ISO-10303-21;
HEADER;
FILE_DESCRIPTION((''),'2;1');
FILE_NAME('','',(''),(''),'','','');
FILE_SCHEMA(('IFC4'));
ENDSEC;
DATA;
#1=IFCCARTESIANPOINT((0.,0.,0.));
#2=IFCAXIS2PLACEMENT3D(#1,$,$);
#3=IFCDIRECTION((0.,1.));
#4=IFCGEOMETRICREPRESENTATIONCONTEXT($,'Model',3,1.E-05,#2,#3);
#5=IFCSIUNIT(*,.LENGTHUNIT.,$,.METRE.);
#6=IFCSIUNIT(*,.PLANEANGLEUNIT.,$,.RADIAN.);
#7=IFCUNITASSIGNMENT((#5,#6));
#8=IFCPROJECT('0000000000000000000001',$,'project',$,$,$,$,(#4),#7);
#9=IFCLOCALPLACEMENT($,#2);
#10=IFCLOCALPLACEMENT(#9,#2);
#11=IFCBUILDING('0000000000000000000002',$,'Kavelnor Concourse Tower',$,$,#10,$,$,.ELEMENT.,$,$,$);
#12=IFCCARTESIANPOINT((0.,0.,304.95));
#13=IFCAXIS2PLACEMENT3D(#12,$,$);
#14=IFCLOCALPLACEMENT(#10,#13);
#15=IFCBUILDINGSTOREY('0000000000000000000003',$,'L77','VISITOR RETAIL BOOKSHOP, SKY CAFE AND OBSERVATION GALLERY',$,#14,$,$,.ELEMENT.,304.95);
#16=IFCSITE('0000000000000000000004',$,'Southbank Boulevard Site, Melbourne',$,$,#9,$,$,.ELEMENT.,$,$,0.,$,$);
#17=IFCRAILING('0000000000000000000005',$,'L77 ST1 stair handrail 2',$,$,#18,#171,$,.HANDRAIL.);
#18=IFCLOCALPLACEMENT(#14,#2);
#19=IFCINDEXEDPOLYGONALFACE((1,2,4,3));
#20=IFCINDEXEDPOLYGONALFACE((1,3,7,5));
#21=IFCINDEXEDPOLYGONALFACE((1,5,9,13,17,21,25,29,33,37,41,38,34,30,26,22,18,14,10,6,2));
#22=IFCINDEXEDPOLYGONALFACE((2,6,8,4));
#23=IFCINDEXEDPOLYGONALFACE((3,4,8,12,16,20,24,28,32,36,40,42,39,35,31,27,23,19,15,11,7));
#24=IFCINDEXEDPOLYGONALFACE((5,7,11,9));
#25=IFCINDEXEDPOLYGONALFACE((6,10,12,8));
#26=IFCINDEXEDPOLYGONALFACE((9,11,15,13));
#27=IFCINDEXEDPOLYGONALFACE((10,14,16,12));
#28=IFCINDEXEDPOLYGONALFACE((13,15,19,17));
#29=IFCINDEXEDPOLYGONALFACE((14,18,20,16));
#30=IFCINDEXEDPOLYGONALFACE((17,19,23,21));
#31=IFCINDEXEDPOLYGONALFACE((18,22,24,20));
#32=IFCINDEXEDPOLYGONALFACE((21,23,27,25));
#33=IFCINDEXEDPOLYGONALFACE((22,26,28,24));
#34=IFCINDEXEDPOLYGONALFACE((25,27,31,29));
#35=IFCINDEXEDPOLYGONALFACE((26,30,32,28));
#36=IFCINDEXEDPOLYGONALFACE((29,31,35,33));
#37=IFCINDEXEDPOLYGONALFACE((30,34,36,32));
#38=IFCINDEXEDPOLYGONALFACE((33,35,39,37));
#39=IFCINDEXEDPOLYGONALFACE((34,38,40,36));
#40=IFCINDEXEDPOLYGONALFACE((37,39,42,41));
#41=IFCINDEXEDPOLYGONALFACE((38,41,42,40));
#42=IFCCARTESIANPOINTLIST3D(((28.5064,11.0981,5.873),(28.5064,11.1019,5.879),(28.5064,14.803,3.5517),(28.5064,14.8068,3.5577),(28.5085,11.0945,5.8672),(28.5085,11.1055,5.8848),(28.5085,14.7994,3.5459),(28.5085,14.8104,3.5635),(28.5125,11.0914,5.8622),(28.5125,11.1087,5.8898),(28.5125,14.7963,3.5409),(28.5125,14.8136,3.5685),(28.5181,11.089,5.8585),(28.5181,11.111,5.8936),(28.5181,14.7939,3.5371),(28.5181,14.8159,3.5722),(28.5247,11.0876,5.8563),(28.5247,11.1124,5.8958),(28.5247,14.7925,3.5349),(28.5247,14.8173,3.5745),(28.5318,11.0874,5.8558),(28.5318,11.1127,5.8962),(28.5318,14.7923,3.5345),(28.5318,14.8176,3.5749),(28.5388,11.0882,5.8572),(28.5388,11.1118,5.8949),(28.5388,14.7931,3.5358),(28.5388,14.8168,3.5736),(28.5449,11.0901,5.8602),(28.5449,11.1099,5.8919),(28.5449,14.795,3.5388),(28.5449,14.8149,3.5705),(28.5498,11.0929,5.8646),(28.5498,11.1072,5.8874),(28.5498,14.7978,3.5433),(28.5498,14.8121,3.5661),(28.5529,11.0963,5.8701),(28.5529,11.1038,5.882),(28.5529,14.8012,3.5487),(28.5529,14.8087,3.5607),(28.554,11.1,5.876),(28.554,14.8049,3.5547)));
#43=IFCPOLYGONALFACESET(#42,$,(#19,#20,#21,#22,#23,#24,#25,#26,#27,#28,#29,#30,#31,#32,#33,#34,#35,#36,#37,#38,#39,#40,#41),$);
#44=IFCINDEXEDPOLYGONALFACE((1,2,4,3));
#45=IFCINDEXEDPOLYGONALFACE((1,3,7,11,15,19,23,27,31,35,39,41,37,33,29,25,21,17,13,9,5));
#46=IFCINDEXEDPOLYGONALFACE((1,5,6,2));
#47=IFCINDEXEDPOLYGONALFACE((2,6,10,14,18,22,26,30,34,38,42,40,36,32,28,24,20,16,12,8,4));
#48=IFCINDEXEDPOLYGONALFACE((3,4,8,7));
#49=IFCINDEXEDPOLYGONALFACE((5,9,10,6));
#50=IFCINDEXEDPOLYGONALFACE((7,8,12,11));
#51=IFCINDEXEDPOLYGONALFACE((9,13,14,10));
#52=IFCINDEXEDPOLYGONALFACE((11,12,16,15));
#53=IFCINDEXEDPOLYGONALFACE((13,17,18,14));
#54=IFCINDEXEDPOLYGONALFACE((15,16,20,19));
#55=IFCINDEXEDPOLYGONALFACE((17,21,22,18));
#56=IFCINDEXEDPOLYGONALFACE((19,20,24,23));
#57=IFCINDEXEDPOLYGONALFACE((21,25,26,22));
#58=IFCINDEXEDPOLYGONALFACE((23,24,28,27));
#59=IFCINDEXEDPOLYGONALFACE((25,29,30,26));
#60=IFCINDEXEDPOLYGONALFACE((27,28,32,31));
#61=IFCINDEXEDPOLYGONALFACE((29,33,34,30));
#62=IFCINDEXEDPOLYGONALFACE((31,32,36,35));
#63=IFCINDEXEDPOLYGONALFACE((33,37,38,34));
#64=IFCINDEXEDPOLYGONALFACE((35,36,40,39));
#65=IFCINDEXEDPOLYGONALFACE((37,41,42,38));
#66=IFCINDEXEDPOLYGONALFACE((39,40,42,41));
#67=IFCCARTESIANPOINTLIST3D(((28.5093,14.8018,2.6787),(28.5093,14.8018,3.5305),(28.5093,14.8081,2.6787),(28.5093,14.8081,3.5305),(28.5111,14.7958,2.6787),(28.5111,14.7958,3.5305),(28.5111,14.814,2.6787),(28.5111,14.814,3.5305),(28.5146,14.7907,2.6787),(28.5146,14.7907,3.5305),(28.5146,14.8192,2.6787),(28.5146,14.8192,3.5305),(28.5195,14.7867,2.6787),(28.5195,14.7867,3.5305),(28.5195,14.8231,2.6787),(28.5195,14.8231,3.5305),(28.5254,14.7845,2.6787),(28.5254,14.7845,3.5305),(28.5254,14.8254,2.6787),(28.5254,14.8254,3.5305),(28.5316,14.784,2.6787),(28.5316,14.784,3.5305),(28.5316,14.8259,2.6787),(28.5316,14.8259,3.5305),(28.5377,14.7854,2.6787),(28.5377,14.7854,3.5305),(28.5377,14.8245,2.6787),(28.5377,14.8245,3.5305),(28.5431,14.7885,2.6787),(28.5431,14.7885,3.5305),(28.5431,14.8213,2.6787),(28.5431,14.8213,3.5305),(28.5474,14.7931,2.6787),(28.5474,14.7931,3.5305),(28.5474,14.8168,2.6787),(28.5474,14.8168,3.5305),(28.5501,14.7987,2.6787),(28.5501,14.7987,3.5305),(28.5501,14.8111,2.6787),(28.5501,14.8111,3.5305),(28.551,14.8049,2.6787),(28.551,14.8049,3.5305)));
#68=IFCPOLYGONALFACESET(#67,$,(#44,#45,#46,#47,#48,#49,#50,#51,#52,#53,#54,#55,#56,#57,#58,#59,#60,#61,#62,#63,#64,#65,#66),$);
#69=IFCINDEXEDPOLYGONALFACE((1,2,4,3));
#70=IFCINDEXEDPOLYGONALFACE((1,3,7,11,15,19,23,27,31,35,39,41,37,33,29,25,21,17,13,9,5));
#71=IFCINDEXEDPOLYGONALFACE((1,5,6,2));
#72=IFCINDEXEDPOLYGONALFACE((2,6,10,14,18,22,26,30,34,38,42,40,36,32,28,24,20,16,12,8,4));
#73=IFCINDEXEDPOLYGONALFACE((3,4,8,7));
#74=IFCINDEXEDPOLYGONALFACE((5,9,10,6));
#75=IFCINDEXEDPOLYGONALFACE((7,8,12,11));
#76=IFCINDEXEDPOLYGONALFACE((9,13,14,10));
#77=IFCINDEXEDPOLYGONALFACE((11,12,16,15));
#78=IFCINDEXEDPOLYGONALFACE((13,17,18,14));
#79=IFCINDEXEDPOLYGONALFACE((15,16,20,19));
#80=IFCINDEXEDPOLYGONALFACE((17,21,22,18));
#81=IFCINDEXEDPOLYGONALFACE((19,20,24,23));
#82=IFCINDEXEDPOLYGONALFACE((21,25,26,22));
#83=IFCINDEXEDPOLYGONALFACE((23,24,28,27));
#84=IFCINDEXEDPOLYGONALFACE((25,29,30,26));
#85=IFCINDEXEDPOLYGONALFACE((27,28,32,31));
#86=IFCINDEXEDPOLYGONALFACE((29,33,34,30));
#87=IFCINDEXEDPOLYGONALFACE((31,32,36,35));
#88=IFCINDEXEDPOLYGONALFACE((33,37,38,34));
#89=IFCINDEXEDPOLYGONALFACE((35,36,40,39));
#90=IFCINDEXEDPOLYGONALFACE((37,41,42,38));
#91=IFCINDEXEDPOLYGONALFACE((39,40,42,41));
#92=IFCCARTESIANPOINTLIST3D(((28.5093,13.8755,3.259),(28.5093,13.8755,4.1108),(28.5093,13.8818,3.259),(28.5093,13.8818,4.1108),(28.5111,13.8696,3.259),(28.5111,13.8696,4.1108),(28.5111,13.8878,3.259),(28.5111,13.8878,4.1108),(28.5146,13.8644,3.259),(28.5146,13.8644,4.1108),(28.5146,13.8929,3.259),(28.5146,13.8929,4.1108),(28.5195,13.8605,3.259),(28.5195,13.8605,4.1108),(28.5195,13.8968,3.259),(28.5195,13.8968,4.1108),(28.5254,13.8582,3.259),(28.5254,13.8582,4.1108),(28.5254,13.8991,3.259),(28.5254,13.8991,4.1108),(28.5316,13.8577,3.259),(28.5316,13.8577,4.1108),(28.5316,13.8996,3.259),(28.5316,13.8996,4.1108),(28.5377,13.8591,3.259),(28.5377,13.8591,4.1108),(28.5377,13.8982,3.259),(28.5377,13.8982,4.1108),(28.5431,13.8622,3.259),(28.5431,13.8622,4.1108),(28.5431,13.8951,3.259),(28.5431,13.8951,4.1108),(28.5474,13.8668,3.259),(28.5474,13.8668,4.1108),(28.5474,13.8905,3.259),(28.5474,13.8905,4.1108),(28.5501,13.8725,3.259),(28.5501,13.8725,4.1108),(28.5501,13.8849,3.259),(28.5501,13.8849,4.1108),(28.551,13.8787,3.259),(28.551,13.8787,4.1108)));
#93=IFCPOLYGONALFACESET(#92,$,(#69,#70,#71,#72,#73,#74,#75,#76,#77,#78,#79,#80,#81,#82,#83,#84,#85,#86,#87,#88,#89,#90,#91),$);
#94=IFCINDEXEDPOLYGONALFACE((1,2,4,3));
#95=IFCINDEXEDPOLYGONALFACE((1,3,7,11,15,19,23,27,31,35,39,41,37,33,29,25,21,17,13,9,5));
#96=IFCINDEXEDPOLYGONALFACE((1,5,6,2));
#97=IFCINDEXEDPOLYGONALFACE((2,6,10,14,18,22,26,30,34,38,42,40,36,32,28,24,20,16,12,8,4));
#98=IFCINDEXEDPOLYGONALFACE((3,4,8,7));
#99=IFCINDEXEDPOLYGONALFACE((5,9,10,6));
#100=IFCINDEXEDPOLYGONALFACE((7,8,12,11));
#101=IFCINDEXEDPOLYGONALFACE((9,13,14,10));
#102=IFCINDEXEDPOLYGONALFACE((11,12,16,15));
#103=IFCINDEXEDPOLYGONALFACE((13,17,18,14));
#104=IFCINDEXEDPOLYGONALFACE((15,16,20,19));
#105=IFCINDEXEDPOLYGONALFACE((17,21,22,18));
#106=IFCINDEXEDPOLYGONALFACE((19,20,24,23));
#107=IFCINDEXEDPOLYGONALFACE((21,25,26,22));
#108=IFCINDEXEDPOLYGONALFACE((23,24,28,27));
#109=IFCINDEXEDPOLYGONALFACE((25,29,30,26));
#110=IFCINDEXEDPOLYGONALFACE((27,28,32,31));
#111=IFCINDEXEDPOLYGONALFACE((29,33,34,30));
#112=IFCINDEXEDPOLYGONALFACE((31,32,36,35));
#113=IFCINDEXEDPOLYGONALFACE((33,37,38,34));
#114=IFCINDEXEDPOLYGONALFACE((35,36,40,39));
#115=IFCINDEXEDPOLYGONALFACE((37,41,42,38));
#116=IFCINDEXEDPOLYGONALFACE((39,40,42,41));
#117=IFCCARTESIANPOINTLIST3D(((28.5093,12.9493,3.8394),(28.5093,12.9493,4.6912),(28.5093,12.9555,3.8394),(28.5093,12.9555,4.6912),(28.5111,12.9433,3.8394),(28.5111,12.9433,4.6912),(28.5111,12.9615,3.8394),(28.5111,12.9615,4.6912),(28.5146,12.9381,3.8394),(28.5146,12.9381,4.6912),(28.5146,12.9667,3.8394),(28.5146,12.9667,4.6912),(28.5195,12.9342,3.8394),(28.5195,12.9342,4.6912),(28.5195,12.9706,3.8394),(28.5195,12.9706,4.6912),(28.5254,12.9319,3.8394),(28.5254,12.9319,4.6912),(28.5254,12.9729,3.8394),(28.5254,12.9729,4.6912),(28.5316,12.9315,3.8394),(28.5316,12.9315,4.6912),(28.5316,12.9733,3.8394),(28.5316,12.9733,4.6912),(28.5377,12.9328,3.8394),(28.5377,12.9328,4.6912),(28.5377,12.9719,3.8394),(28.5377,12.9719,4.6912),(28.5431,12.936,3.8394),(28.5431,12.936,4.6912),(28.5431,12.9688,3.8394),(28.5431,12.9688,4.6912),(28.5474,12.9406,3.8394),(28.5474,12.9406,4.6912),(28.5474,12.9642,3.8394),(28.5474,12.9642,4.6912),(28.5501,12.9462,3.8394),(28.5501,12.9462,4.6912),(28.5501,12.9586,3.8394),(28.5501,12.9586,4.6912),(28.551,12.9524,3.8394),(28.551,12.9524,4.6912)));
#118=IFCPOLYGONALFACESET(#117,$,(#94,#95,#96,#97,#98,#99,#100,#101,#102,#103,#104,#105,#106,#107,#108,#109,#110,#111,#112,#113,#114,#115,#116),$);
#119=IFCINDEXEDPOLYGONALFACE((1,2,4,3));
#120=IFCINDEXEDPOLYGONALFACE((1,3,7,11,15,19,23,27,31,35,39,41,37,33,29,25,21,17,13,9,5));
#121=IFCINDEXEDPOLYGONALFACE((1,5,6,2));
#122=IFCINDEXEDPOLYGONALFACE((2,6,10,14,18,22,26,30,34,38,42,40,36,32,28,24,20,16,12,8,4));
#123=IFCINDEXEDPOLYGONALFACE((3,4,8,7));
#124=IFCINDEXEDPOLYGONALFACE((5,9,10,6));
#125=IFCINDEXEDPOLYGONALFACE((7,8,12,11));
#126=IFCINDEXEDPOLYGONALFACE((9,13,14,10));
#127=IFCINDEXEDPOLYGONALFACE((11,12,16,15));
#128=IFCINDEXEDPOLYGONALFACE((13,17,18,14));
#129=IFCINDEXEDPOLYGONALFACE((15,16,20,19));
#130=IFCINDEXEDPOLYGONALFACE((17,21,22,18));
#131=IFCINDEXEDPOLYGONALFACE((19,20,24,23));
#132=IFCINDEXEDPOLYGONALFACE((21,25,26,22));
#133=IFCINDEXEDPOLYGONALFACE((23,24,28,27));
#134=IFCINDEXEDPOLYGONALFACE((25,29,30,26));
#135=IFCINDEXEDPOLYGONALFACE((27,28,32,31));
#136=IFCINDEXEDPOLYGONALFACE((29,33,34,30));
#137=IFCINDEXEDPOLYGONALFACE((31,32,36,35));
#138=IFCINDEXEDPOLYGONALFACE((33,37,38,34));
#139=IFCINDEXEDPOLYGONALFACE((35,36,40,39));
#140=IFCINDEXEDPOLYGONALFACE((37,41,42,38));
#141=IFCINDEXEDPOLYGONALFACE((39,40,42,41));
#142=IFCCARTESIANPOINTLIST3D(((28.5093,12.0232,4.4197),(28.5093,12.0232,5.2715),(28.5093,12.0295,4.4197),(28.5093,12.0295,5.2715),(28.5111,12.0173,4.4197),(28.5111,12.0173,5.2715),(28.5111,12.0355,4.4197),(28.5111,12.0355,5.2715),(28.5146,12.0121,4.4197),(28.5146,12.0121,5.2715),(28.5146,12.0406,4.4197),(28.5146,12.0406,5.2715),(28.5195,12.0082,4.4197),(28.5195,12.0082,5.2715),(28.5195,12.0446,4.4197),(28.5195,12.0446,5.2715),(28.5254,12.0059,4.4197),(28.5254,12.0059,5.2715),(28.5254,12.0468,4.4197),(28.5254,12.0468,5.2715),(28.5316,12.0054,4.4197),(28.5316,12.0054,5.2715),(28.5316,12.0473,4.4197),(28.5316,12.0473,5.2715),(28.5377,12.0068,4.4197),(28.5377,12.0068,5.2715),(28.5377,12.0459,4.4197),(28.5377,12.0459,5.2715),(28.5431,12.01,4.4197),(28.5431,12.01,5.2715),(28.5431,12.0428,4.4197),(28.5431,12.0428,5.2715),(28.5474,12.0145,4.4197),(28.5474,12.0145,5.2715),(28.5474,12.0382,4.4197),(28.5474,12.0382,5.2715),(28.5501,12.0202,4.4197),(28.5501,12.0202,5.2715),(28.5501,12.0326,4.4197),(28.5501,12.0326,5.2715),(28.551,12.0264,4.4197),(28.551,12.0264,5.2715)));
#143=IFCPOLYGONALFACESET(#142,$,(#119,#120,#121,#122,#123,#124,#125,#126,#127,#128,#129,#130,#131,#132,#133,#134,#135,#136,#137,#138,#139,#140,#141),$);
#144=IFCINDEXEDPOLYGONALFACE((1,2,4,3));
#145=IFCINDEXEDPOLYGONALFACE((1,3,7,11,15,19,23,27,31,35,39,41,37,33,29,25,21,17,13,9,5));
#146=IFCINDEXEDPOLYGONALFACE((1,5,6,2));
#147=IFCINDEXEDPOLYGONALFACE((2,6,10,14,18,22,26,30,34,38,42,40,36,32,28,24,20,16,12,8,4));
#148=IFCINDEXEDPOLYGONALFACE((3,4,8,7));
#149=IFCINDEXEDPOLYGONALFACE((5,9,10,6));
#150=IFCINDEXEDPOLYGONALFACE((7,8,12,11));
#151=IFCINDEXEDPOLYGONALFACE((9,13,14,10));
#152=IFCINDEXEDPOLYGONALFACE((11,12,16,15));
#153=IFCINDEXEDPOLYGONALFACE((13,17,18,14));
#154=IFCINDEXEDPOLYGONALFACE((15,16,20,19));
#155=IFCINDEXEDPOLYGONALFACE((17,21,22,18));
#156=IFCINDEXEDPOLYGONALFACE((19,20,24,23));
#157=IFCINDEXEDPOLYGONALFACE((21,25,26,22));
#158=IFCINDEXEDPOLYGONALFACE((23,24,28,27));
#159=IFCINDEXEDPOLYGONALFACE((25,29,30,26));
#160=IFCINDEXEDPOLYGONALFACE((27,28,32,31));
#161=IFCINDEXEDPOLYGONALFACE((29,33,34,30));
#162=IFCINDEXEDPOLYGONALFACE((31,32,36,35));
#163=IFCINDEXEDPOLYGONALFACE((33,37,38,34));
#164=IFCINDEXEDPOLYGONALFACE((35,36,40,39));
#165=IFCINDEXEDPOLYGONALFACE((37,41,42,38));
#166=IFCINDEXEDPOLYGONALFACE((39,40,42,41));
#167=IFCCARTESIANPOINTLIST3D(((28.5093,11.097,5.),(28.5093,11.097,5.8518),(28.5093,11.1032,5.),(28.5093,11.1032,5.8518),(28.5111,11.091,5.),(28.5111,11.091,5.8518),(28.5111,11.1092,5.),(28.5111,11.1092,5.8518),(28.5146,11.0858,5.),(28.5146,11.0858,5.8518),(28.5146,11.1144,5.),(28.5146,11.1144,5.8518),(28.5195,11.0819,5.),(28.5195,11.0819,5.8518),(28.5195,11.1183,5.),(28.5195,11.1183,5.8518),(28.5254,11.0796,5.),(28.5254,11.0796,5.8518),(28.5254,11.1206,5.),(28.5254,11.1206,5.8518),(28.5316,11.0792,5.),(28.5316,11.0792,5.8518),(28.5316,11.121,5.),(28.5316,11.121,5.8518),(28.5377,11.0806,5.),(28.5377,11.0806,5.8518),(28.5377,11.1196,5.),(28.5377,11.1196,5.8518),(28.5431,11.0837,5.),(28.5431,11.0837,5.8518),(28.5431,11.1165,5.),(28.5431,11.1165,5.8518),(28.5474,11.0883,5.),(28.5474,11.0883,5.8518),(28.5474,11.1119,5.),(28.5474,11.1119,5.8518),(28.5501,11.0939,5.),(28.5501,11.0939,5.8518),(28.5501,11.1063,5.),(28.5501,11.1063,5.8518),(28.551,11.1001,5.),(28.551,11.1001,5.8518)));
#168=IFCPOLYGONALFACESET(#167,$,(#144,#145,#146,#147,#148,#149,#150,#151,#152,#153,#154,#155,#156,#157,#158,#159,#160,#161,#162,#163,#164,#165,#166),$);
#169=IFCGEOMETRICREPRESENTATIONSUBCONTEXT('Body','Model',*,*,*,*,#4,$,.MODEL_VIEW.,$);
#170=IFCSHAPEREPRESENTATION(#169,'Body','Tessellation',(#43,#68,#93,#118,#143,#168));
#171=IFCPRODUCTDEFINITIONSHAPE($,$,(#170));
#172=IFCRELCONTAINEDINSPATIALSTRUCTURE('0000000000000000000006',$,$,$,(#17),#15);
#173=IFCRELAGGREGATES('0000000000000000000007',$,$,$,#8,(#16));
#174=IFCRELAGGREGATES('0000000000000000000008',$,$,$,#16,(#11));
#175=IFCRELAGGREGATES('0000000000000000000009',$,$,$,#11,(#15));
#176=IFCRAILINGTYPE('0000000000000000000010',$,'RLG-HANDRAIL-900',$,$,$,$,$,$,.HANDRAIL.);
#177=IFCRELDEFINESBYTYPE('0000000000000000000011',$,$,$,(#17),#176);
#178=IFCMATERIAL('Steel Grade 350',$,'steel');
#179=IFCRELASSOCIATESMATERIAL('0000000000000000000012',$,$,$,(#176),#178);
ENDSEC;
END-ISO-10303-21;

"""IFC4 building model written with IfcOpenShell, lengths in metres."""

from ifc_helpers import new_model, si_unit, direction, frame, origin, origin_2d, place, context, subcontext, project, spatial, circle, extrude, material, type_object, element, save


model = new_model("IFC4")

# Units and contexts
model_context = context("Model", 3, precision=1e-05, world=origin(), true_north=direction((0.0, 1.0)))
body_context = subcontext(model_context, "Body", "Model", "MODEL_VIEW")
ifc_project = project(units=[si_unit("LENGTHUNIT", "METRE"), si_unit("PLANEANGLEUNIT", "RADIAN")], contexts=[model_context])

# Site, building, storey
site_placement = place(None, origin())
site = spatial("IfcSite", under=ifc_project, at=site_placement, Name="Southbank Boulevard Site, Melbourne", CompositionType="ELEMENT", RefElevation=0.0)
building_placement = place(site_placement, origin())
building = spatial("IfcBuilding", under=site, at=building_placement, Name="Kavelnor Concourse Tower", CompositionType="ELEMENT")
storey_placement = place(building_placement, frame((0.0, 0.0, 304.95)))
storey = spatial("IfcBuildingStorey", under=building, at=storey_placement, Name="L77", Description="VISITOR RETAIL BOOKSHOP, SKY CAFE AND OBSERVATION GALLERY", CompositionType="ELEMENT", Elevation=304.95)

# Shared definitions
ifc_material_1 = material(Name="Steel Grade 350", Category="steel")

# Railing
railing_type_1 = type_object("IfcRailingType", Name="RLG-HANDRAIL-900", PredefinedType="HANDRAIL", material=ifc_material_1)
railing_1_placement = place(storey_placement, frame((28.53, 14.8049, 2.6787)))
element("IfcRailing", 1, at=railing_1_placement, inside=storey, type_object=railing_type_1, Name="L77 ST1 stair handrail 2", PredefinedType="HANDRAIL", context=body_context, shape_type="SweptSolid", body=[
    extrude(circle(Radius=0.0239, at=origin_2d()), frame((0.0, 0.0, 0.876), z_axis=(0.0, -0.847405, 0.530947), x_axis=(1.0, 0.0, 0.0)), (0.0, 0.0, 1.0), 4.3721),
    extrude(circle(Radius=0.021, at=origin_2d()), origin(), (0.0, 0.0, 1.0), 0.8518),
    extrude(circle(Radius=0.021, at=origin_2d()), frame((0.0, -0.9263, 0.5803)), (0.0, 0.0, 1.0), 0.8518),
    extrude(circle(Radius=0.021, at=origin_2d()), frame((0.0, -1.8525, 1.1606)), (0.0, 0.0, 1.0), 0.8518),
    extrude(circle(Radius=0.021, at=origin_2d()), frame((0.0, -2.7786, 1.741)), (0.0, 0.0, 1.0), 0.8518),
    extrude(circle(Radius=0.021, at=origin_2d()), frame((0.0, -3.7048, 2.3213)), (0.0, 0.0, 1.0), 0.8518),
])

save(model, "model.ifc")
